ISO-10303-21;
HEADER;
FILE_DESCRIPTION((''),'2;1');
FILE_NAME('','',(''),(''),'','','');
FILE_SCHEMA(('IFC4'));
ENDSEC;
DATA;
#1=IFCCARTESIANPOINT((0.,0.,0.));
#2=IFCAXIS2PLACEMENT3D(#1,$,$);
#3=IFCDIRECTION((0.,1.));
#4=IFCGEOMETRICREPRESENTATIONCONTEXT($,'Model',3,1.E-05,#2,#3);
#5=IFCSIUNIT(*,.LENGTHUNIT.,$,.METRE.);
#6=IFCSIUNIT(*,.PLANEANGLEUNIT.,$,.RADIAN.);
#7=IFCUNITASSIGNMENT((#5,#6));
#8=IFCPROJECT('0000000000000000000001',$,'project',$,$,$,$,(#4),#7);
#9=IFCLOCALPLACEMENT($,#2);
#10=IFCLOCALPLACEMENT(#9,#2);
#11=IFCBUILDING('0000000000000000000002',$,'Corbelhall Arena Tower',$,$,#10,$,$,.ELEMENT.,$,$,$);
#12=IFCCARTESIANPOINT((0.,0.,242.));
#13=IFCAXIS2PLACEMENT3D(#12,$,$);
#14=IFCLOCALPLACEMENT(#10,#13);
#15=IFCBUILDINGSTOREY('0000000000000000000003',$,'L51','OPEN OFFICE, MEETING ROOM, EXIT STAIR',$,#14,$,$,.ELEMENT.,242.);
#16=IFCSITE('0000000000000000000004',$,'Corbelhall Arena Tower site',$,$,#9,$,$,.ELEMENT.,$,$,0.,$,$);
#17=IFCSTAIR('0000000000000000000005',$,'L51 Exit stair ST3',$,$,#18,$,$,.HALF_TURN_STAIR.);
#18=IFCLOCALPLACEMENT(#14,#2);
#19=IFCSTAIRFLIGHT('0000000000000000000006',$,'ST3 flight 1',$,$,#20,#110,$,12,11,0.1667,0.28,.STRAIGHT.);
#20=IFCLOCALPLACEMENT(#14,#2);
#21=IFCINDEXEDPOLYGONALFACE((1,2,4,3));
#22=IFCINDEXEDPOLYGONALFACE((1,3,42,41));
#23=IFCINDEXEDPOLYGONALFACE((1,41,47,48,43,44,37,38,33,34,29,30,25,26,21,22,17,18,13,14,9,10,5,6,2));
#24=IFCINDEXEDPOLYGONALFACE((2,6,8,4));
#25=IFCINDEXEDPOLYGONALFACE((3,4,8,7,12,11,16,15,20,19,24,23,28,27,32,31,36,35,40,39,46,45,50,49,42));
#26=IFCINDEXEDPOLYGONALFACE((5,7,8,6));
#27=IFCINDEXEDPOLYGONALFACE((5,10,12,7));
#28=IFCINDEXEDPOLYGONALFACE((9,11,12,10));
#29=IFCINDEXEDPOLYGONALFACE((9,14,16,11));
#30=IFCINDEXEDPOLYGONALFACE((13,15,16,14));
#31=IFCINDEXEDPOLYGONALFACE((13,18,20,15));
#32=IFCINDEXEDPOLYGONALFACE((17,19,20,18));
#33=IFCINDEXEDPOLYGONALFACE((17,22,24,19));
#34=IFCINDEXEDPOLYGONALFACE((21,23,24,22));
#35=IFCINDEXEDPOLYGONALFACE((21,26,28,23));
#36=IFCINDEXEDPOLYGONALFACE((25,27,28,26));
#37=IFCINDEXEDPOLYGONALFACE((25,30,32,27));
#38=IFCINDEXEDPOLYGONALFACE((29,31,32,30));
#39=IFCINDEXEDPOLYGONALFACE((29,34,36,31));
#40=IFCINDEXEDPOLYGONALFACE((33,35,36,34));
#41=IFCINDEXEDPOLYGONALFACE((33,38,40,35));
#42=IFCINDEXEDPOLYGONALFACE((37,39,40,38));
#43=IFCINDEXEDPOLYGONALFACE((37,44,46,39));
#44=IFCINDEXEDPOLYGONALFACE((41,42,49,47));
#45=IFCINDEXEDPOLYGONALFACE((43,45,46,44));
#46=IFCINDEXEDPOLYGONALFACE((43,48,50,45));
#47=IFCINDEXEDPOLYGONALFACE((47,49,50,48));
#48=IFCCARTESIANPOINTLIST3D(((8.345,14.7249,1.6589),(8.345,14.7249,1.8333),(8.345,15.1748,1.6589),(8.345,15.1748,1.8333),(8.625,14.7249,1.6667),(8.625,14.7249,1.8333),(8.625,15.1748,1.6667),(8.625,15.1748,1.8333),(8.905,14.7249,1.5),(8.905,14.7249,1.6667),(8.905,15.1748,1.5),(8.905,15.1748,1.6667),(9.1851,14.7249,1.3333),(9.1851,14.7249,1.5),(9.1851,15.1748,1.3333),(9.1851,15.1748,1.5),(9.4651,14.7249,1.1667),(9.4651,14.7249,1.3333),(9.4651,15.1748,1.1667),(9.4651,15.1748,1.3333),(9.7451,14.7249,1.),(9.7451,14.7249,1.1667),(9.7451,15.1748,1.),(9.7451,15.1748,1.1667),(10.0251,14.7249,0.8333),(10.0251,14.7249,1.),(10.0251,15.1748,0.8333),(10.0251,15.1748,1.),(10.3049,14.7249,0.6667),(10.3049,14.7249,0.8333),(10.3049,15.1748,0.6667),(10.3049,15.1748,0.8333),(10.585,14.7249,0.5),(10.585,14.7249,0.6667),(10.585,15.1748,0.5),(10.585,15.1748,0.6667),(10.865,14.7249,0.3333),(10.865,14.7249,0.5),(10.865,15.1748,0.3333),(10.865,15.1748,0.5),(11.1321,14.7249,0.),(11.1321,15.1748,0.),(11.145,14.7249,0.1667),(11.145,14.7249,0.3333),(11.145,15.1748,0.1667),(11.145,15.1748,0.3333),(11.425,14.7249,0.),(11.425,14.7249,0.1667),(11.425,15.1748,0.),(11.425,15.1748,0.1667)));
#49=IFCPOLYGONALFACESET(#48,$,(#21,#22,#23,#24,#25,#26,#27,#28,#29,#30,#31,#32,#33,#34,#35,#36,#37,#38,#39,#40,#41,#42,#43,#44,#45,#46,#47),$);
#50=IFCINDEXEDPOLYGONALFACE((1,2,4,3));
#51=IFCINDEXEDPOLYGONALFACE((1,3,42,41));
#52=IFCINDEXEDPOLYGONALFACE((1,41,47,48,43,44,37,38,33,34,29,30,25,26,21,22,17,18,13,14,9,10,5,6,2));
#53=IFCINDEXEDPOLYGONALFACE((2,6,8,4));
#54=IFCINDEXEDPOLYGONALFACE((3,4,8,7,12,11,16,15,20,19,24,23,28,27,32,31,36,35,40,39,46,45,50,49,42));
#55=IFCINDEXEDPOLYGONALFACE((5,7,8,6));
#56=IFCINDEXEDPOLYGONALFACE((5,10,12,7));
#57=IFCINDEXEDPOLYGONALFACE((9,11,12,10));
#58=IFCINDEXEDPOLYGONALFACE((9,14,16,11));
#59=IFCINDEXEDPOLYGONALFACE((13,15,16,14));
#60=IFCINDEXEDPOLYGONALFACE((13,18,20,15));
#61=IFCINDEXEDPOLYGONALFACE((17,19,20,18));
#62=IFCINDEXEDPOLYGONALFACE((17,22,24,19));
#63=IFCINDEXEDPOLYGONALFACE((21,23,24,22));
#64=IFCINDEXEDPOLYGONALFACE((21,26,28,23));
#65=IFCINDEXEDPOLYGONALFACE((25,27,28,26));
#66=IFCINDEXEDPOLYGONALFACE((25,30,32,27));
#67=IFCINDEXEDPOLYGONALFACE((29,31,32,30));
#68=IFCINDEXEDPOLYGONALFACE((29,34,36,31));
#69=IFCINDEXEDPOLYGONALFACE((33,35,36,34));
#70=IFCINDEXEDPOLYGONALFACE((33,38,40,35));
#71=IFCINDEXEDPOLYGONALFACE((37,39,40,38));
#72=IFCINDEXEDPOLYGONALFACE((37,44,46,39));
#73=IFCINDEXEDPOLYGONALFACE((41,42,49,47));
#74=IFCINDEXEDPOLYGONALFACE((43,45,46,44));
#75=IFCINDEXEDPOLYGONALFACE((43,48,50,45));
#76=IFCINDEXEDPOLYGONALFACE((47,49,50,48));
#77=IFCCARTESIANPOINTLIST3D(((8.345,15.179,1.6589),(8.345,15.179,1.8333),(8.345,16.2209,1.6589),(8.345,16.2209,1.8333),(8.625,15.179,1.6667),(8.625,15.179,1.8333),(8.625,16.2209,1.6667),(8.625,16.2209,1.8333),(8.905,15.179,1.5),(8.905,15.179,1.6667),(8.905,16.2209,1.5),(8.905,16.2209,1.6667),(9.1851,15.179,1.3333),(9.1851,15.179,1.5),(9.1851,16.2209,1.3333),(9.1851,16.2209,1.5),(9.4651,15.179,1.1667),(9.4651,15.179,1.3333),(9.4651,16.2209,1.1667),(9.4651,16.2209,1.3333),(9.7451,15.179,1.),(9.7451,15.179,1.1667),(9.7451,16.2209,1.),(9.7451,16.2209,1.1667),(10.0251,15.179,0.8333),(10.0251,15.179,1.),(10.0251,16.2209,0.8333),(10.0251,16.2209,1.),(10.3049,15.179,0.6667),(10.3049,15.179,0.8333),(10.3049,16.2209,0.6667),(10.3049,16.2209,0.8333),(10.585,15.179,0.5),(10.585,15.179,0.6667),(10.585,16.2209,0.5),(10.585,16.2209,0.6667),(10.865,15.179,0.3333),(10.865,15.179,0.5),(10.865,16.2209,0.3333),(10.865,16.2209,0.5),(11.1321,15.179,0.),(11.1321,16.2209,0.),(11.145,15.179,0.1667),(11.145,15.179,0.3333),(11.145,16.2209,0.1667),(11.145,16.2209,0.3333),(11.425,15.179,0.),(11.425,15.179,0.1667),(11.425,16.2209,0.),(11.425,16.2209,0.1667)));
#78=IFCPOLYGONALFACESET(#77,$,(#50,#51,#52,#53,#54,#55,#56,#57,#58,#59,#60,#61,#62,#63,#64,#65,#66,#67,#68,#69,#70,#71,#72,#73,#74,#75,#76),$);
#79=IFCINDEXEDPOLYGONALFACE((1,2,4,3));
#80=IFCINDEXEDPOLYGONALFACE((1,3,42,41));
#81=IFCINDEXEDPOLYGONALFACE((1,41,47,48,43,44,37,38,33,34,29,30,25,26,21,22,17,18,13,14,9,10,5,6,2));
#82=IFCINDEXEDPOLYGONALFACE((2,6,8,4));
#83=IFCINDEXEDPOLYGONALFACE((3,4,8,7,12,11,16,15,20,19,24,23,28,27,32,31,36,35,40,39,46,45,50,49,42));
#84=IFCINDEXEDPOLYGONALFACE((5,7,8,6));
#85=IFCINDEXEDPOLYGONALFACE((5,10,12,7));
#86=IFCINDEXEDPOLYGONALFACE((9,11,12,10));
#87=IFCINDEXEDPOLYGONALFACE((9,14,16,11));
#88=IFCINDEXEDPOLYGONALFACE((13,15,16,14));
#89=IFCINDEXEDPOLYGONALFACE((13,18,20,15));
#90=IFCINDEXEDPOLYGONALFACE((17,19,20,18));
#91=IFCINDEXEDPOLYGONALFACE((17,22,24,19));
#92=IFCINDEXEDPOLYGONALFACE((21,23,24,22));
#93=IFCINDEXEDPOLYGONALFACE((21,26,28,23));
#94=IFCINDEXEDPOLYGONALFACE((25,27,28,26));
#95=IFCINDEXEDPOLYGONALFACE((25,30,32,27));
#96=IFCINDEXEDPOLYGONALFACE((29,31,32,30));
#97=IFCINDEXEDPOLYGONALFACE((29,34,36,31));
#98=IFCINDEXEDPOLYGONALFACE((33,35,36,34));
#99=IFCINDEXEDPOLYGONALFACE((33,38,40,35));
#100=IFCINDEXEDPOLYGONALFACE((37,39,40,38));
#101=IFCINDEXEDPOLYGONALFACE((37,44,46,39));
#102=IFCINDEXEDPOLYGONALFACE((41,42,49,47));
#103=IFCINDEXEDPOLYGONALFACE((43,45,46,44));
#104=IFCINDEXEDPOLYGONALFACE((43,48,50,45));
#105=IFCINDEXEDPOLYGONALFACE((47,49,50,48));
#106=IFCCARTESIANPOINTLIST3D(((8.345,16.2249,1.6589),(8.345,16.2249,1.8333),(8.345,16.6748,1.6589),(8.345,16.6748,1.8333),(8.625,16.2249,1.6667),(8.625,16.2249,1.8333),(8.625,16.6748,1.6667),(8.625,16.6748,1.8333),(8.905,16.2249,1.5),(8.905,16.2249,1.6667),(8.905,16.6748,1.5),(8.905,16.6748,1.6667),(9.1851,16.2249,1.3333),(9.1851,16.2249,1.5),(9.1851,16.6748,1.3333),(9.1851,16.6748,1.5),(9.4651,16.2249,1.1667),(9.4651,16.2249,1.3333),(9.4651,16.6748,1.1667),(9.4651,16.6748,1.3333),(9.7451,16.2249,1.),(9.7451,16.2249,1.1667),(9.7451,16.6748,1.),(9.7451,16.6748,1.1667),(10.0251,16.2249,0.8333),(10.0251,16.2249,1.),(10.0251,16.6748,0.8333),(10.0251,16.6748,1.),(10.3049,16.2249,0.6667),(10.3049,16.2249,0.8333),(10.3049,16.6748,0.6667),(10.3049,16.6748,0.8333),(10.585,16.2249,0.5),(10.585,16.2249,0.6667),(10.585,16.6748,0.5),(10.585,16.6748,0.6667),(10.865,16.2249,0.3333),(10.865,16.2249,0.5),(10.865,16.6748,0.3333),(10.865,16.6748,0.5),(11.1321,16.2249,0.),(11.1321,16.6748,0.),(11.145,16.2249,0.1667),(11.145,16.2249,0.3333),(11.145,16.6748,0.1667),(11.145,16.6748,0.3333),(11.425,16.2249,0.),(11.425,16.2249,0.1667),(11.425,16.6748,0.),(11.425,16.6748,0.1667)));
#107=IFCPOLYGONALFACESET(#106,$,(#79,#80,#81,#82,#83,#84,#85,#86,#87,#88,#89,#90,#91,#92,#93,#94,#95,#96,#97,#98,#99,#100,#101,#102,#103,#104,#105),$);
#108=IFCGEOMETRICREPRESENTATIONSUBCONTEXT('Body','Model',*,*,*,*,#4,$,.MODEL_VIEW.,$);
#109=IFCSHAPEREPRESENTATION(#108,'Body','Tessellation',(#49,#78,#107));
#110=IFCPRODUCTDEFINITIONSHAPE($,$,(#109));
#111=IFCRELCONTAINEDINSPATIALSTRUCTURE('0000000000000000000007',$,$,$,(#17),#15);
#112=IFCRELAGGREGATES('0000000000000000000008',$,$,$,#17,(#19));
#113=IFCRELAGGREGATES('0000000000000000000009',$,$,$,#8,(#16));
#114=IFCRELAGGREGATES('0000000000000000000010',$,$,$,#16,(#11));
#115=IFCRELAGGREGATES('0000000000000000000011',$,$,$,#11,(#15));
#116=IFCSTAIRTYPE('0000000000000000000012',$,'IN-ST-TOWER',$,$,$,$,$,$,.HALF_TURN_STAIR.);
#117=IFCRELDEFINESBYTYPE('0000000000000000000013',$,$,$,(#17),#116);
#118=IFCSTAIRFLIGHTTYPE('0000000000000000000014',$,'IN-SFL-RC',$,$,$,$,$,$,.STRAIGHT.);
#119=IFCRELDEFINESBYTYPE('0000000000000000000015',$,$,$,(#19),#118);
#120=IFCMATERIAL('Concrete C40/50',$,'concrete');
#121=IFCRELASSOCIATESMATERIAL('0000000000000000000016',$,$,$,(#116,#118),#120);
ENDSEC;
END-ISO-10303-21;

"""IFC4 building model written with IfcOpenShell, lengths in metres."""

from ifc_helpers import new_model, si_unit, direction, frame, origin, place, context, subcontext, project, spatial, polyline, outline, extrude, material, type_object, element, aggregate, save


model = new_model("IFC4")

# Units and contexts
model_context = context("Model", 3, precision=1e-05, world=origin(), true_north=direction((0.0, 1.0)))
body_context = subcontext(model_context, "Body", "Model", "MODEL_VIEW")
ifc_project = project(units=[si_unit("LENGTHUNIT", "METRE"), si_unit("PLANEANGLEUNIT", "RADIAN")], contexts=[model_context])

# Site, building, storey
site_placement = place(None, origin())
site = spatial("IfcSite", under=ifc_project, at=site_placement, Name="Corbelhall Arena Tower site", CompositionType="ELEMENT", RefElevation=0.0)
building_placement = place(site_placement, origin())
building = spatial("IfcBuilding", under=site, at=building_placement, Name="Corbelhall Arena Tower", CompositionType="ELEMENT")
storey_placement = place(building_placement, frame((0.0, 0.0, 242.0)))
storey = spatial("IfcBuildingStorey", under=building, at=storey_placement, Name="L51", Description="OPEN OFFICE, MEETING ROOM, EXIT STAIR", CompositionType="ELEMENT", Elevation=242.0)

# Shared definitions
ifc_material_1 = material(Name="Concrete C40/50", Category="concrete")

# Stair, stair flight
stair_type = type_object("IfcStairType", Name="IN-ST-TOWER", PredefinedType="HALF_TURN_STAIR", material=ifc_material_1)
stair_placement = place(storey_placement, origin())
stair = element("IfcStair", 1, at=stair_placement, inside=storey, type_object=stair_type, Name="L51 Exit stair ST3", PredefinedType="HALF_TURN_STAIR")
stair_flight_type = type_object("IfcStairFlightType", Name="IN-SFL-RC", PredefinedType="STRAIGHT", material=ifc_material_1)
stair_flight_1_placement = place(storey_placement, frame((11.425, 15.7, 0.0), z_axis=(0.0, 0.0, 1.0), x_axis=(-1.0, 0.0, 0.0)))
stair_flight_1 = element("IfcStairFlight", 2, at=stair_flight_1_placement, type_object=stair_flight_type, Name="ST3 flight 1", NumberOfRisers=12, NumberOfTreads=11, PredefinedType="STRAIGHT", RiserHeight=0.1667, TreadLength=0.28, context=body_context, shape_type="SweptSolid", body=[
    extrude(outline(polyline([(0.0, 0.0), (0.0, 0.1667), (0.28, 0.1667), (0.28, 0.3333), (0.5601, 0.3333), (0.5601, 0.5), (0.8401, 0.5), (0.8401, 0.6667), (1.1201, 0.6667), (1.1201, 0.8333), (1.3999, 0.8333), (1.3999, 1.0), (1.6799, 1.0), (1.6799, 1.1667), (1.96, 1.1667), (1.96, 1.3333), (2.24, 1.3333), (2.24, 1.5), (2.52, 1.5), (2.52, 1.6667), (2.8, 1.6667), (2.8, 1.8333), (3.0801, 1.8333), (3.0801, 2.0), (3.0801, 1.6589), (0.293, 0.0), (0.0, 0.0)])), frame((0.0, 0.9751, 0.0), z_axis=(0.0, -1.0, 0.0), x_axis=(1.0, 0.0, 0.0)), (0.0, 0.0, 1.0), 0.45),
    extrude(outline(polyline([(0.0, 0.0), (0.0, 0.1667), (0.28, 0.1667), (0.28, 0.3333), (0.5601, 0.3333), (0.5601, 0.5), (0.8401, 0.5), (0.8401, 0.6667), (1.1201, 0.6667), (1.1201, 0.8333), (1.3999, 0.8333), (1.3999, 1.0), (1.6799, 1.0), (1.6799, 1.1667), (1.96, 1.1667), (1.96, 1.3333), (2.24, 1.3333), (2.24, 1.5), (2.52, 1.5), (2.52, 1.6667), (2.8, 1.6667), (2.8, 1.8333), (3.0801, 1.8333), (3.0801, 2.0), (3.0801, 1.6589), (0.293, 0.0), (0.0, 0.0)])), frame((0.0, 0.521, 0.0), z_axis=(0.0, -1.0, 0.0), x_axis=(1.0, 0.0, 0.0)), (0.0, 0.0, 1.0), 1.042),
    extrude(outline(polyline([(0.0, 0.0), (0.0, 0.1667), (0.28, 0.1667), (0.28, 0.3333), (0.5601, 0.3333), (0.5601, 0.5), (0.8401, 0.5), (0.8401, 0.6667), (1.1201, 0.6667), (1.1201, 0.8333), (1.3999, 0.8333), (1.3999, 1.0), (1.6799, 1.0), (1.6799, 1.1667), (1.96, 1.1667), (1.96, 1.3333), (2.24, 1.3333), (2.24, 1.5), (2.52, 1.5), (2.52, 1.6667), (2.8, 1.6667), (2.8, 1.8333), (3.0801, 1.8333), (3.0801, 2.0), (3.0801, 1.6589), (0.293, 0.0), (0.0, 0.0)])), frame((0.0, -0.5249, 0.0), z_axis=(0.0, -1.0, 0.0), x_axis=(1.0, 0.0, 0.0)), (0.0, 0.0, 1.0), 0.45),
])
aggregate(stair, [stair_flight_1])

save(model, "model.ifc")
